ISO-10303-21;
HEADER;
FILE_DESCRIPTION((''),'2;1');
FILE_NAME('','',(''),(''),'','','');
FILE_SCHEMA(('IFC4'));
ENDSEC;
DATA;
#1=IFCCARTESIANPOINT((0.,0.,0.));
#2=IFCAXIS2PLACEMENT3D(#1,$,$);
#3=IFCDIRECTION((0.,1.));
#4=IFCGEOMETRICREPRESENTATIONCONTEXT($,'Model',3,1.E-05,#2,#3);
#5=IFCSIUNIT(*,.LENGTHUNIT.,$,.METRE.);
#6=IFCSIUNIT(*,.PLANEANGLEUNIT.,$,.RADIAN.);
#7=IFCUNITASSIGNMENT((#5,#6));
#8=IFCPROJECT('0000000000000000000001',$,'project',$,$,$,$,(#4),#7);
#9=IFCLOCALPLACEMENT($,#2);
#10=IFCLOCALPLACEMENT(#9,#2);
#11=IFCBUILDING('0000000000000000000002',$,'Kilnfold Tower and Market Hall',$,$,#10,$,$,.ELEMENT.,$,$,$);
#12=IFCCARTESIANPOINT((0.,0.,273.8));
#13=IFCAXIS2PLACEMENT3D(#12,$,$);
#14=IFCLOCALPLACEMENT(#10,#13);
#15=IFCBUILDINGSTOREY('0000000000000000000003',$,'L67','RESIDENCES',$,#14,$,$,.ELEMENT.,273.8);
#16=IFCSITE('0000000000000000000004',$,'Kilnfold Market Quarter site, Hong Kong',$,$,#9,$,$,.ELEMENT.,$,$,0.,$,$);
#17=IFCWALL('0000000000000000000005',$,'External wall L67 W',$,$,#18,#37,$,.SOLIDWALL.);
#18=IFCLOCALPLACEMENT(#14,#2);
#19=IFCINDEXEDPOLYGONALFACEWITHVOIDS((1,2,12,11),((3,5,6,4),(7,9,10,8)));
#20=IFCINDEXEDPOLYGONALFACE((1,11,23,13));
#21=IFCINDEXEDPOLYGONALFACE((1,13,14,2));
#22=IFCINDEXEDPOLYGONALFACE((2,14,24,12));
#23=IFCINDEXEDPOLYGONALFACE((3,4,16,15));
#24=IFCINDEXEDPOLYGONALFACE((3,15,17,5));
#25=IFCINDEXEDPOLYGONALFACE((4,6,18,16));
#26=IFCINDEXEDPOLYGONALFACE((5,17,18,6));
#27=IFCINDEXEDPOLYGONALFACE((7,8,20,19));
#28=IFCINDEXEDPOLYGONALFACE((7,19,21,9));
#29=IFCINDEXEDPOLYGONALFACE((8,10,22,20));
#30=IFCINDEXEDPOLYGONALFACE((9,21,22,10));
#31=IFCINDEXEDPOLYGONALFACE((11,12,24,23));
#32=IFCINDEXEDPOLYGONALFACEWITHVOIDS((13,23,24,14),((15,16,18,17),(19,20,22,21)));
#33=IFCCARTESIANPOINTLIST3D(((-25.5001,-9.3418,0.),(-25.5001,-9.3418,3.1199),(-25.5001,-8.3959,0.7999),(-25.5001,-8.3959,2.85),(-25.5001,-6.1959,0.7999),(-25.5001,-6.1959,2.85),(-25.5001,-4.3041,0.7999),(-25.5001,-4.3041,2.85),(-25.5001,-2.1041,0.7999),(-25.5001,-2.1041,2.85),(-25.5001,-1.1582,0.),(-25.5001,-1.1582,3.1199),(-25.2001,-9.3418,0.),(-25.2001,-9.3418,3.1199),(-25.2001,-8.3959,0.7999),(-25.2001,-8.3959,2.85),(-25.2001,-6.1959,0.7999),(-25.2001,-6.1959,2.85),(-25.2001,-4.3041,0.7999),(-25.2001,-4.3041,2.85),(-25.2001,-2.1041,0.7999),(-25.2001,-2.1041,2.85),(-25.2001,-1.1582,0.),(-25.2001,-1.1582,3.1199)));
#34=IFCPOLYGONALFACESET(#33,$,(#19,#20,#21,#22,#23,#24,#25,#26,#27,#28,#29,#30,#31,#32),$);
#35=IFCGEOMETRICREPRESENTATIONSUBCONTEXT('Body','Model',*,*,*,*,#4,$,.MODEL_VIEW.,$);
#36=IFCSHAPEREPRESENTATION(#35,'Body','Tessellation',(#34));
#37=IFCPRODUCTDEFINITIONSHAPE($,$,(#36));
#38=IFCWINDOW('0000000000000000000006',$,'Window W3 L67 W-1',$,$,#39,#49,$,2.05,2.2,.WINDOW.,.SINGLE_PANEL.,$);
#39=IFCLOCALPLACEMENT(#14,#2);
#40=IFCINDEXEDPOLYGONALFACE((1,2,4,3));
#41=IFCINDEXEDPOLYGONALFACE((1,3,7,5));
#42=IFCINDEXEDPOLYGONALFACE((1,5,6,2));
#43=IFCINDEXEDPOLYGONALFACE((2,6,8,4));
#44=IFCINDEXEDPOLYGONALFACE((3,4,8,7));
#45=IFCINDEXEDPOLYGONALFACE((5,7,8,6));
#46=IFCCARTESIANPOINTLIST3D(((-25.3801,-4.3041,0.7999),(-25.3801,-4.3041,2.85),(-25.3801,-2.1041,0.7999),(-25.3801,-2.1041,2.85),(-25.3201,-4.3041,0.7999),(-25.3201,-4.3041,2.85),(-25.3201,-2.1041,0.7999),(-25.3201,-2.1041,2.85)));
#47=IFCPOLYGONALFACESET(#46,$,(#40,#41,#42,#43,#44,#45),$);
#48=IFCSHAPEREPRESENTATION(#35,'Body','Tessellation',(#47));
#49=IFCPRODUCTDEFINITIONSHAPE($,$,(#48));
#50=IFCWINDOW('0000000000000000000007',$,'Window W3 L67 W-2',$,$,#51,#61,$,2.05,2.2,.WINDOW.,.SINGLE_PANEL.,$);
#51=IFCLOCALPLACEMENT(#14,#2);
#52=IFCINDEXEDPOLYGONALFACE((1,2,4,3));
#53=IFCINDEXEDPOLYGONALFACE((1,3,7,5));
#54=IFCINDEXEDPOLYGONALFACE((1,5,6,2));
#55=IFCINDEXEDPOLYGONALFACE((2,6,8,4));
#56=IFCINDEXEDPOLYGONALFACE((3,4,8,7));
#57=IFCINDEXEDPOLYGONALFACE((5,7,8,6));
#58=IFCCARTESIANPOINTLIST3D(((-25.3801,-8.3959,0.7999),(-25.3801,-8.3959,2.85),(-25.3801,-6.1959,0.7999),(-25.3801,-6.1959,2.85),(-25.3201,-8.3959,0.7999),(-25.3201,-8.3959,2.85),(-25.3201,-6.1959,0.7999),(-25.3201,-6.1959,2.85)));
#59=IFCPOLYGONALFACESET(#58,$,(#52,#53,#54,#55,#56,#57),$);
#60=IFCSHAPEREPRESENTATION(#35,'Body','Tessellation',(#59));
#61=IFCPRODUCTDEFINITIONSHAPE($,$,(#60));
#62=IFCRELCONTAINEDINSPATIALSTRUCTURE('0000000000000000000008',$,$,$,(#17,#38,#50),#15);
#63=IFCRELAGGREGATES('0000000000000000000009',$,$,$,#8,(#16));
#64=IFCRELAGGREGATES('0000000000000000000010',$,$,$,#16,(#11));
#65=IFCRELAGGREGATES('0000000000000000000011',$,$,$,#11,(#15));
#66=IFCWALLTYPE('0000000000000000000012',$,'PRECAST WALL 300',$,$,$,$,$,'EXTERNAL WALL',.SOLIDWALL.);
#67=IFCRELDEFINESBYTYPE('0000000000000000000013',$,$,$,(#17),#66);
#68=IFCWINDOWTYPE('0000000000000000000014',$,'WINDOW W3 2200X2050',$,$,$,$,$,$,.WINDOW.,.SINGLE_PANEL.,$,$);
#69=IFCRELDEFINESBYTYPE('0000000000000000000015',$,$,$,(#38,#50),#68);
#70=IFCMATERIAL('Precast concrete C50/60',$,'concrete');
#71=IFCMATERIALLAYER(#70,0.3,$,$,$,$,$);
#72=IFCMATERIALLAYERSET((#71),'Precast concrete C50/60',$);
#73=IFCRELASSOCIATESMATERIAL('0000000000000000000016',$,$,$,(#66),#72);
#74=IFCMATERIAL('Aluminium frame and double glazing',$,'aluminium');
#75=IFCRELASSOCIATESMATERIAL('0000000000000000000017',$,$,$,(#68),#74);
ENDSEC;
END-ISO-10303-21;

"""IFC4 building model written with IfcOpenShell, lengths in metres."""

from ifc_helpers import new_model, si_unit, direction, frame, frame_2d, origin, place, context, subcontext, project, spatial, rectangle, extrude, source, transform, mapped, material, layer, layer_set, type_object, element, fill, save


model = new_model("IFC4")

# Units and contexts
model_context = context("Model", 3, precision=1e-05, world=origin(), true_north=direction((0.0, 1.0)))
body_context = subcontext(model_context, "Body", "Model", "MODEL_VIEW")
ifc_project = project(units=[si_unit("LENGTHUNIT", "METRE"), si_unit("PLANEANGLEUNIT", "RADIAN")], contexts=[model_context])

# Site, building, storey
site_placement = place(None, origin())
site = spatial("IfcSite", under=ifc_project, at=site_placement, Name="Kilnfold Market Quarter site, Hong Kong", CompositionType="ELEMENT", RefElevation=0.0)
building_placement = place(site_placement, origin())
building = spatial("IfcBuilding", under=site, at=building_placement, Name="Kilnfold Tower and Market Hall", CompositionType="ELEMENT")
storey_placement = place(building_placement, frame((0.0, 0.0, 273.8)))
storey = spatial("IfcBuildingStorey", under=building, at=storey_placement, Name="L67", Description="RESIDENCES", CompositionType="ELEMENT", Elevation=273.8)

# Wall, openings, windows
ifc_material_1 = material(Name="Precast concrete C50/60", Category="concrete")
ifc_layer_1 = layer(ifc_material_1, 0.3)
ifc_layer_set_1 = layer_set([ifc_layer_1], Name="Precast concrete C50/60")
wall_type_1 = type_object("IfcWallType", Name="PRECAST WALL 300", ElementType="EXTERNAL WALL", PredefinedType="SOLIDWALL", material=ifc_layer_set_1)
shared_shape_1 = source(origin(), body_context, "Body", "SweptSolid", [
    extrude(rectangle(XDim=8.1836, YDim=0.3, at=frame_2d((4.0918, 0.0))), origin(), (0.0, 0.0, 1.0), 3.1199),
])
wall_1_placement = place(storey_placement, frame((-25.3501, -1.1582, 0.0), z_axis=(0.0, 0.0, 1.0), x_axis=(0.0, -1.0, 0.0)))
wall_1 = element("IfcWall", 1, at=wall_1_placement, inside=storey, type_object=wall_type_1, Name="External wall L67 W", PredefinedType="SOLIDWALL", context=body_context, shape_type="MappedRepresentation", body=[
    mapped(shared_shape_1, transform((0.0, 0.0, 0.0))),
])
opening_1_placement = place(wall_1_placement, frame((0.9458, 0.0, 0.8)))
opening_1 = element("IfcOpeningElement", 2, at=opening_1_placement, cuts=wall_1, PredefinedType="OPENING", context=body_context, shape_type="SweptSolid", body=[
    extrude(rectangle(XDim=2.2, YDim=2.05, at=frame_2d((1.1001, 1.0249))), frame((0.0, 0.1602, 0.0), z_axis=(0.0, -1.0, 0.0), x_axis=(1.0, 0.0, 0.0)), (0.0, 0.0, 1.0), 0.3201),
])
opening_2_placement = place(wall_1_placement, frame((5.0376, 0.0, 0.8)))
opening_2 = element("IfcOpeningElement", 3, at=opening_2_placement, cuts=wall_1, PredefinedType="OPENING", context=body_context, shape_type="SweptSolid", body=[
    extrude(rectangle(XDim=2.2, YDim=2.05, at=frame_2d((1.1001, 1.0249))), frame((0.0, 0.1602, 0.0), z_axis=(0.0, -1.0, 0.0), x_axis=(1.0, 0.0, 0.0)), (0.0, 0.0, 1.0), 0.3201),
])
ifc_material_2 = material(Name="Aluminium frame and double glazing", Category="aluminium")
window_type = type_object("IfcWindowType", Name="WINDOW W3 2200X2050", PartitioningType="SINGLE_PANEL", PredefinedType="WINDOW", material=ifc_material_2)
window_1_placement = place(opening_1_placement, origin())
window_1 = element("IfcWindow", 4, at=window_1_placement, inside=storey, type_object=window_type, Name="Window W3 L67 W-1", OverallHeight=2.05, OverallWidth=2.2, PartitioningType="SINGLE_PANEL", PredefinedType="WINDOW", context=body_context, shape_type="SweptSolid", body=[
    extrude(rectangle(XDim=2.2, YDim=2.05, at=frame_2d((1.1001, 1.0249))), frame((0.0, 0.03, 0.0), z_axis=(0.0, -1.0, 0.0), x_axis=(1.0, 0.0, 0.0)), (0.0, 0.0, 1.0), 0.0601),
])
fill(opening_1, window_1)
window_2_placement = place(opening_2_placement, origin())
window_2 = element("IfcWindow", 5, at=window_2_placement, inside=storey, type_object=window_type, Name="Window W3 L67 W-2", OverallHeight=2.05, OverallWidth=2.2, PartitioningType="SINGLE_PANEL", PredefinedType="WINDOW", context=body_context, shape_type="SweptSolid", body=[
    extrude(rectangle(XDim=2.2, YDim=2.05, at=frame_2d((1.1001, 1.0249))), frame((0.0, 0.03, 0.0), z_axis=(0.0, -1.0, 0.0), x_axis=(1.0, 0.0, 0.0)), (0.0, 0.0, 1.0), 0.0601),
])
fill(opening_2, window_2)

save(model, "model.ifc")
